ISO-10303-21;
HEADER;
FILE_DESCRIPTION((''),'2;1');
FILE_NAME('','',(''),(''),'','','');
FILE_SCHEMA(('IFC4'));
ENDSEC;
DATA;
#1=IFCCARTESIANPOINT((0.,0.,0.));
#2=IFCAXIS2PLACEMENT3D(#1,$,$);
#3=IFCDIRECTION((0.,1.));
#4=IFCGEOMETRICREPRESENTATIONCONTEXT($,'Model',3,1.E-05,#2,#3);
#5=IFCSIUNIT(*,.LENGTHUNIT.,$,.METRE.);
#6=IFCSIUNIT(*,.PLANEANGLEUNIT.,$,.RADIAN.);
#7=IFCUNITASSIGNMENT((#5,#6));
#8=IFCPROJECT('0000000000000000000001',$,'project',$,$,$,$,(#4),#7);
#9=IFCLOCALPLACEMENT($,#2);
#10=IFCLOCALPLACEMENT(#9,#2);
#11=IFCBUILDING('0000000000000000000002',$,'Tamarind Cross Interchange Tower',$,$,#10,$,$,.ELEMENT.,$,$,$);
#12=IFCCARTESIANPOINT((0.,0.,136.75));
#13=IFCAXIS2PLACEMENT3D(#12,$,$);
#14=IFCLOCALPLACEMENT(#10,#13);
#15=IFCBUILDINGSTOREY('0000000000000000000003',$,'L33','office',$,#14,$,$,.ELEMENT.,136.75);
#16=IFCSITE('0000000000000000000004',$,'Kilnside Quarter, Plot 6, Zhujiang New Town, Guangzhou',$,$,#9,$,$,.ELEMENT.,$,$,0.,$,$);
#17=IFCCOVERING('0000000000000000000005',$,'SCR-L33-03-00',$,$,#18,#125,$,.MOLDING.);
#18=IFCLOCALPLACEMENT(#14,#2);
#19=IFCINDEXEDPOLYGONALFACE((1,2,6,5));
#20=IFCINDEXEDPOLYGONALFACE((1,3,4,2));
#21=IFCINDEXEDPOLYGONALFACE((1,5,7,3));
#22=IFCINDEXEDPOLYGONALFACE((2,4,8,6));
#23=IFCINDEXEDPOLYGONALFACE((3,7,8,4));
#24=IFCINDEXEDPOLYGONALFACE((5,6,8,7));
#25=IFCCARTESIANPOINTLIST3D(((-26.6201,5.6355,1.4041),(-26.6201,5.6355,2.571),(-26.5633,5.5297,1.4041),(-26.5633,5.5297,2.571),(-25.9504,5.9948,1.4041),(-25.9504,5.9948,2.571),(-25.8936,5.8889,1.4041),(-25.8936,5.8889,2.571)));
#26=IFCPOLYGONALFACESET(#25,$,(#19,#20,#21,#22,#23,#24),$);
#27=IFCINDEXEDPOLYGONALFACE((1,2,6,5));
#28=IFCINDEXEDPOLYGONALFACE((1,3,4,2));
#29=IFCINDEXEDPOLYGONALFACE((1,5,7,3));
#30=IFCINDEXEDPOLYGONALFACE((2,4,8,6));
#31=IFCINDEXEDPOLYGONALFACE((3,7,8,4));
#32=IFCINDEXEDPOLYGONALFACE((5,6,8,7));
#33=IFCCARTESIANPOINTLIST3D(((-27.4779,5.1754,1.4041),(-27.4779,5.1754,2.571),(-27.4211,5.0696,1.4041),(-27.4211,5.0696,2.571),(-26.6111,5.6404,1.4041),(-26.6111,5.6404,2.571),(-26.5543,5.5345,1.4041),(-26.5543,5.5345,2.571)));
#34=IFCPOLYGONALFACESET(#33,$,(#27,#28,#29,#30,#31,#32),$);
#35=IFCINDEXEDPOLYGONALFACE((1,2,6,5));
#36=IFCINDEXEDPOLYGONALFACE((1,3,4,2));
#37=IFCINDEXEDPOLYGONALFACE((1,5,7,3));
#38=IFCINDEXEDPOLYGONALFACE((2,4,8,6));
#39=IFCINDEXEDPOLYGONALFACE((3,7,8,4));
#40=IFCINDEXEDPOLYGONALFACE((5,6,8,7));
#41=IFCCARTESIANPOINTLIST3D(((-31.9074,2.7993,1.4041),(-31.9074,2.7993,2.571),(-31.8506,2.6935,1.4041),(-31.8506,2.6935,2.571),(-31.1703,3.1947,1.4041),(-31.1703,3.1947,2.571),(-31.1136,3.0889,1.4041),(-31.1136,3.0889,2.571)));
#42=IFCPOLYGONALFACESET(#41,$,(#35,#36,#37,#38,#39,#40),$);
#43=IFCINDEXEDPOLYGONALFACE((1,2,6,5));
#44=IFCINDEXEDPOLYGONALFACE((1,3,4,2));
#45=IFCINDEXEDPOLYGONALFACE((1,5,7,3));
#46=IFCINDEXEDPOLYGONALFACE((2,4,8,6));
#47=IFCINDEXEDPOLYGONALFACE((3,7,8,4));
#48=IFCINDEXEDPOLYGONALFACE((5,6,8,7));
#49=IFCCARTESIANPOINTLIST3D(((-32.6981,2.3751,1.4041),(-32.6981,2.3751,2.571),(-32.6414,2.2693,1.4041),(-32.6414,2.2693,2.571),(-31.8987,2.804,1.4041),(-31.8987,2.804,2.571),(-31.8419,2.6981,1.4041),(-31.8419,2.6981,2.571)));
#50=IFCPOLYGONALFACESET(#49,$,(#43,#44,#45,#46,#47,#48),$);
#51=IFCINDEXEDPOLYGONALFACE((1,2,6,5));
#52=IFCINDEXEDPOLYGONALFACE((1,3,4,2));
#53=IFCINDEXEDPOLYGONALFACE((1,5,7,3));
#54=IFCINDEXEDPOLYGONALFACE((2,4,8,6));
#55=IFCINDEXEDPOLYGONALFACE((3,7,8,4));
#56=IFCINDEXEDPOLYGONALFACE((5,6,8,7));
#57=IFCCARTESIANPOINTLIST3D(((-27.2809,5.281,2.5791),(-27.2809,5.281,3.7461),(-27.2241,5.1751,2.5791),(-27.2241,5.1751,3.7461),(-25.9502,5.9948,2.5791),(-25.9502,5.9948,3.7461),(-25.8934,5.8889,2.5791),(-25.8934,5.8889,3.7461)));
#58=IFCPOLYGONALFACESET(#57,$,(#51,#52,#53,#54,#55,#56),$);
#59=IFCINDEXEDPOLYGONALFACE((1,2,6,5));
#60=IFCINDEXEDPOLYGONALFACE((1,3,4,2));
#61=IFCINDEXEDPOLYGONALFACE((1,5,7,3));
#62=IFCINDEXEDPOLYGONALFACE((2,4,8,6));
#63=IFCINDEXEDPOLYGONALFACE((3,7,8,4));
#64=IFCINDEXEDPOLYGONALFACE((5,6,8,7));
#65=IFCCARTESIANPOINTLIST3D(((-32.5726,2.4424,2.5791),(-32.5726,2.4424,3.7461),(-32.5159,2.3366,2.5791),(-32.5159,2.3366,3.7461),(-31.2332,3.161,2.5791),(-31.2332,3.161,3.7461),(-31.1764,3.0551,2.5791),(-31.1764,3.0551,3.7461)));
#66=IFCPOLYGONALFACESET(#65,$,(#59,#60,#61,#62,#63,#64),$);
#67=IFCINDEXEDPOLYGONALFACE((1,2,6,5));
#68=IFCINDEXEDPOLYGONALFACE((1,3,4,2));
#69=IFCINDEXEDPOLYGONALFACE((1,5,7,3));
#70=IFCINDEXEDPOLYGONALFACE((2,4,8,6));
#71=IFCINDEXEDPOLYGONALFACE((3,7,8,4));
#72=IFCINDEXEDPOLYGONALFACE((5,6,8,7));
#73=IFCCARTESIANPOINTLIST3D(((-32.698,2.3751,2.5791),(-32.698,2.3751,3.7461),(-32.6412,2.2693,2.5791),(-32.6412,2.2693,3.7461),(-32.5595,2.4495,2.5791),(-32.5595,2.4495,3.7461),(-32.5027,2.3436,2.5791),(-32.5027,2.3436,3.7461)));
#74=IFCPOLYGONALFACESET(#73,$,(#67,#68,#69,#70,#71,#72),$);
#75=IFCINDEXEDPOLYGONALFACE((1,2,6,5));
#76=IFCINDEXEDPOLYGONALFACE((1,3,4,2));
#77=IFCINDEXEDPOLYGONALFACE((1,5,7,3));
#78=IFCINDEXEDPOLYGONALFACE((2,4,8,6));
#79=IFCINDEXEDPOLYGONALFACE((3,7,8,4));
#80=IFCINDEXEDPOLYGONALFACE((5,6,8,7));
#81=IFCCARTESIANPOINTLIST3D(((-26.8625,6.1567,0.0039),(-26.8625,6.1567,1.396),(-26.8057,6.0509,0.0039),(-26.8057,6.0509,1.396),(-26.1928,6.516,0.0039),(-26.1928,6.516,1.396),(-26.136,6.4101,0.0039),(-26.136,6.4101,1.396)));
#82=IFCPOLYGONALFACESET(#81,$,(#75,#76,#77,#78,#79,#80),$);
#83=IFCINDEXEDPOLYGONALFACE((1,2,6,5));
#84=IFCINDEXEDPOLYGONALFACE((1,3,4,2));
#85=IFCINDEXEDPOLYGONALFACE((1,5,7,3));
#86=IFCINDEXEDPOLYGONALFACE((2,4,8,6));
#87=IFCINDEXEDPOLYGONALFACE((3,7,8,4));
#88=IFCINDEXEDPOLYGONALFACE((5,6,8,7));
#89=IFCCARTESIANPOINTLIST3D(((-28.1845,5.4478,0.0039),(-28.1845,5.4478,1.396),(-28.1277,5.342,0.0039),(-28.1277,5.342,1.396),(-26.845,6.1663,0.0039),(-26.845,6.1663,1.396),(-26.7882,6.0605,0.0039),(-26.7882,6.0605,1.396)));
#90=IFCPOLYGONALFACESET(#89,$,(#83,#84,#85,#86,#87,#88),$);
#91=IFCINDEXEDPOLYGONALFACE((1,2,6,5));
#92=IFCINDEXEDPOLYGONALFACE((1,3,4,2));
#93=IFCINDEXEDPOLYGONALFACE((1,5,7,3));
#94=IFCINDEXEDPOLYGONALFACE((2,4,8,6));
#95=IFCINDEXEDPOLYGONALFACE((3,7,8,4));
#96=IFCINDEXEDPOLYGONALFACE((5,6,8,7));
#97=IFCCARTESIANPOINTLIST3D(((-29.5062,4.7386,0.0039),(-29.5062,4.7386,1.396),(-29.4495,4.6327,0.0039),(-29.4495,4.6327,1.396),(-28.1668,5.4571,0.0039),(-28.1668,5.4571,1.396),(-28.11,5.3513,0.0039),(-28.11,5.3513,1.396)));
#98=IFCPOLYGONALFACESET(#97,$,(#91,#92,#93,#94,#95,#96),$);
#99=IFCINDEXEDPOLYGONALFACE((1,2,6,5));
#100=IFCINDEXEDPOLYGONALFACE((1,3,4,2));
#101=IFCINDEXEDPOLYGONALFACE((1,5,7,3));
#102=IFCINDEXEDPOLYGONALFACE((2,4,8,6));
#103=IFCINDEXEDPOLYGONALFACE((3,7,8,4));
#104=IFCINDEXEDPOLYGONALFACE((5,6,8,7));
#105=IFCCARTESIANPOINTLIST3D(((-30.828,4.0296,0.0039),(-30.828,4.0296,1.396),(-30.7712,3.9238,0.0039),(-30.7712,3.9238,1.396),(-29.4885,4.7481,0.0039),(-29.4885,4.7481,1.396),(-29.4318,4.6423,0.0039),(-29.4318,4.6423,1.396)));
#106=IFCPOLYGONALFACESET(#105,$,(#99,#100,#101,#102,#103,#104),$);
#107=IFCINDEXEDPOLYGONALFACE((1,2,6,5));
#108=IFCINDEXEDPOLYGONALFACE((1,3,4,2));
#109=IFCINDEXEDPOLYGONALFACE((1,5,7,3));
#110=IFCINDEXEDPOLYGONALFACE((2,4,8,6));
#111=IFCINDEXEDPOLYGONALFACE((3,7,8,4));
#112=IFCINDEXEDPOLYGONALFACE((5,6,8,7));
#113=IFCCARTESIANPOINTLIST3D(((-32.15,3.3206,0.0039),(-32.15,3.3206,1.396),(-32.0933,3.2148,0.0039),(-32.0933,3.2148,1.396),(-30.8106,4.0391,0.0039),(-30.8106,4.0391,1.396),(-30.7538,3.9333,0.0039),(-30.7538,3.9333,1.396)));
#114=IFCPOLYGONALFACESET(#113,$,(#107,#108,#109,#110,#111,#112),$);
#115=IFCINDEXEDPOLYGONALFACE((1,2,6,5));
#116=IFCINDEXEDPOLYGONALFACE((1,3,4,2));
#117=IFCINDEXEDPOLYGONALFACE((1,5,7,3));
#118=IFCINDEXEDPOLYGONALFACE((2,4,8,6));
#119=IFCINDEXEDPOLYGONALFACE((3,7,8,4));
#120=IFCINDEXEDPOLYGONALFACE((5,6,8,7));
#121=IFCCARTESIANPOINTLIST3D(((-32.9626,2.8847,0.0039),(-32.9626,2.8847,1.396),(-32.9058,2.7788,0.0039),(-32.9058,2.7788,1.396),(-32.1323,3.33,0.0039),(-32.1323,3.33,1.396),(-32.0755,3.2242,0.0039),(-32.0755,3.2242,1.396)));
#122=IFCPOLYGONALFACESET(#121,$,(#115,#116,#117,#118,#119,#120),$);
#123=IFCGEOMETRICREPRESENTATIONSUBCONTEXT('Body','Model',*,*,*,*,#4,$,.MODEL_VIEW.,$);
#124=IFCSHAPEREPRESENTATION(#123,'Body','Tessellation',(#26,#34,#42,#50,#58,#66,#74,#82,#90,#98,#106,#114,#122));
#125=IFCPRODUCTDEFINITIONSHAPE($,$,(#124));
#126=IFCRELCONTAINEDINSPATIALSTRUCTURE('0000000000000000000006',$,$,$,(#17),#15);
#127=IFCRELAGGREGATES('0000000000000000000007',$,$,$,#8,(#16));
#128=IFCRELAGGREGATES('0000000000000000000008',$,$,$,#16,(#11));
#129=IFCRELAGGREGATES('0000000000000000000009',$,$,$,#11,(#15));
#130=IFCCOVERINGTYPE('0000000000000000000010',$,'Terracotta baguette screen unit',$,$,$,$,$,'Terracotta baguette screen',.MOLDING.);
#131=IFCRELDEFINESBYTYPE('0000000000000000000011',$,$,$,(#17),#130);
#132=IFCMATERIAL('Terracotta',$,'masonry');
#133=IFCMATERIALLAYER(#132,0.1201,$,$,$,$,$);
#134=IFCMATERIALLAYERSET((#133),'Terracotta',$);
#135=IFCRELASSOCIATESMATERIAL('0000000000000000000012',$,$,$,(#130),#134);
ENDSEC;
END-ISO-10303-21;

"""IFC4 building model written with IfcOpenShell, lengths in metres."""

from ifc_helpers import new_model, si_unit, direction, frame, origin, origin_2d, place, context, subcontext, project, spatial, rectangle, extrude, material, layer, layer_set, type_object, element, save


model = new_model("IFC4")

# Units and contexts
model_context = context("Model", 3, precision=1e-05, world=origin(), true_north=direction((0.0, 1.0)))
body_context = subcontext(model_context, "Body", "Model", "MODEL_VIEW")
ifc_project = project(units=[si_unit("LENGTHUNIT", "METRE"), si_unit("PLANEANGLEUNIT", "RADIAN")], contexts=[model_context])

# Site, building, storey
site_placement = place(None, origin())
site = spatial("IfcSite", under=ifc_project, at=site_placement, Name="Kilnside Quarter, Plot 6, Zhujiang New Town, Guangzhou", CompositionType="ELEMENT", RefElevation=0.0)
building_placement = place(site_placement, origin())
building = spatial("IfcBuilding", under=site, at=building_placement, Name="Tamarind Cross Interchange Tower", CompositionType="ELEMENT")
storey_placement = place(building_placement, frame((0.0, 0.0, 136.75)))
storey = spatial("IfcBuildingStorey", under=building, at=storey_placement, Name="L33", Description="office", CompositionType="ELEMENT", Elevation=136.75)

# Covering
ifc_material_1 = material(Name="Terracotta", Category="masonry")
ifc_layer_1 = layer(ifc_material_1, 0.1201)
ifc_layer_set_1 = layer_set([ifc_layer_1], Name="Terracotta")
covering_type = type_object("IfcCoveringType", Name="Terracotta baguette screen unit", ElementType="Terracotta baguette screen", PredefinedType="MOLDING", material=ifc_layer_set_1)
covering_1_placement = place(storey_placement, origin())
element("IfcCovering", 1, at=covering_1_placement, inside=storey, type_object=covering_type, Name="SCR-L33-03-00", PredefinedType="MOLDING", context=body_context, shape_type="SweptSolid", body=[
    extrude(rectangle(XDim=0.76, YDim=0.1201, at=origin_2d()), frame((-26.2568, 5.7622, 1.4041), z_axis=(0.0, 0.0, 1.0), x_axis=(-0.881224, -0.472698, 0.0)), (0.0, 0.0, 1.0), 1.167),
    extrude(rectangle(XDim=0.9836, YDim=0.1201, at=origin_2d()), frame((-27.0161, 5.355, 1.4041), z_axis=(0.0, 0.0, 1.0), x_axis=(-0.881224, -0.472698, 0.0)), (0.0, 0.0, 1.0), 1.167),
    extrude(rectangle(XDim=0.8364, YDim=0.1201, at=origin_2d()), frame((-31.5105, 2.9441, 1.4041), z_axis=(0.0, 0.0, 1.0), x_axis=(-0.881224, -0.472698, 0.0)), (0.0, 0.0, 1.0), 1.167),
    extrude(rectangle(XDim=0.9072, YDim=0.1201, at=origin_2d()), frame((-32.27, 2.5366, 1.4041), z_axis=(0.0, 0.0, 1.0), x_axis=(-0.881224, -0.472698, 0.0)), (0.0, 0.0, 1.0), 1.167),
    extrude(rectangle(XDim=1.51, YDim=0.1201, at=origin_2d()), frame((-26.5872, 5.585, 2.5791), z_axis=(0.0, 0.0, 1.0), x_axis=(-0.881224, -0.472698, 0.0)), (0.0, 0.0, 1.0), 1.167),
    extrude(rectangle(XDim=1.52, YDim=0.1201, at=origin_2d()), frame((-31.8745, 2.7488, 2.5791), z_axis=(0.0, 0.0, 1.0), x_axis=(-0.881224, -0.472698, 0.0)), (0.0, 0.0, 1.0), 1.167),
    extrude(rectangle(XDim=0.1572, YDim=0.1201, at=origin_2d()), frame((-32.6003, 2.3594, 2.5791), z_axis=(0.0, 0.0, 1.0), x_axis=(-0.881224, -0.472698, 0.0)), (0.0, 0.0, 1.0), 1.167),
    extrude(rectangle(XDim=0.76, YDim=0.1201, at=origin_2d()), frame((-26.4993, 6.2834, 0.0039), z_axis=(0.0, 0.0, 1.0), x_axis=(-0.881224, -0.472698, 0.0)), (0.0, 0.0, 1.0), 1.3921),
    extrude(rectangle(XDim=1.52, YDim=0.1201, at=origin_2d()), frame((-27.4863, 5.7542, 0.0039), z_axis=(0.0, 0.0, 1.0), x_axis=(-0.881224, -0.472698, 0.0)), (0.0, 0.0, 1.0), 1.3921),
    extrude(rectangle(XDim=1.52, YDim=0.1201, at=origin_2d()), frame((-28.8081, 5.0449, 0.0039), z_axis=(0.0, 0.0, 1.0), x_axis=(-0.881224, -0.472698, 0.0)), (0.0, 0.0, 1.0), 1.3921),
    extrude(rectangle(XDim=1.52, YDim=0.1201, at=origin_2d()), frame((-30.1299, 4.3359, 0.0039), z_axis=(0.0, 0.0, 1.0), x_axis=(-0.881224, -0.472698, 0.0)), (0.0, 0.0, 1.0), 1.3921),
    extrude(rectangle(XDim=1.52, YDim=0.1201, at=origin_2d()), frame((-31.4519, 3.627, 0.0039), z_axis=(0.0, 0.0, 1.0), x_axis=(-0.881224, -0.472698, 0.0)), (0.0, 0.0, 1.0), 1.3921),
    extrude(rectangle(XDim=0.9421, YDim=0.1201, at=origin_2d()), frame((-32.519, 3.0544, 0.0039), z_axis=(0.0, 0.0, 1.0), x_axis=(-0.881224, -0.472698, 0.0)), (0.0, 0.0, 1.0), 1.3921),
])

save(model, "model.ifc")
